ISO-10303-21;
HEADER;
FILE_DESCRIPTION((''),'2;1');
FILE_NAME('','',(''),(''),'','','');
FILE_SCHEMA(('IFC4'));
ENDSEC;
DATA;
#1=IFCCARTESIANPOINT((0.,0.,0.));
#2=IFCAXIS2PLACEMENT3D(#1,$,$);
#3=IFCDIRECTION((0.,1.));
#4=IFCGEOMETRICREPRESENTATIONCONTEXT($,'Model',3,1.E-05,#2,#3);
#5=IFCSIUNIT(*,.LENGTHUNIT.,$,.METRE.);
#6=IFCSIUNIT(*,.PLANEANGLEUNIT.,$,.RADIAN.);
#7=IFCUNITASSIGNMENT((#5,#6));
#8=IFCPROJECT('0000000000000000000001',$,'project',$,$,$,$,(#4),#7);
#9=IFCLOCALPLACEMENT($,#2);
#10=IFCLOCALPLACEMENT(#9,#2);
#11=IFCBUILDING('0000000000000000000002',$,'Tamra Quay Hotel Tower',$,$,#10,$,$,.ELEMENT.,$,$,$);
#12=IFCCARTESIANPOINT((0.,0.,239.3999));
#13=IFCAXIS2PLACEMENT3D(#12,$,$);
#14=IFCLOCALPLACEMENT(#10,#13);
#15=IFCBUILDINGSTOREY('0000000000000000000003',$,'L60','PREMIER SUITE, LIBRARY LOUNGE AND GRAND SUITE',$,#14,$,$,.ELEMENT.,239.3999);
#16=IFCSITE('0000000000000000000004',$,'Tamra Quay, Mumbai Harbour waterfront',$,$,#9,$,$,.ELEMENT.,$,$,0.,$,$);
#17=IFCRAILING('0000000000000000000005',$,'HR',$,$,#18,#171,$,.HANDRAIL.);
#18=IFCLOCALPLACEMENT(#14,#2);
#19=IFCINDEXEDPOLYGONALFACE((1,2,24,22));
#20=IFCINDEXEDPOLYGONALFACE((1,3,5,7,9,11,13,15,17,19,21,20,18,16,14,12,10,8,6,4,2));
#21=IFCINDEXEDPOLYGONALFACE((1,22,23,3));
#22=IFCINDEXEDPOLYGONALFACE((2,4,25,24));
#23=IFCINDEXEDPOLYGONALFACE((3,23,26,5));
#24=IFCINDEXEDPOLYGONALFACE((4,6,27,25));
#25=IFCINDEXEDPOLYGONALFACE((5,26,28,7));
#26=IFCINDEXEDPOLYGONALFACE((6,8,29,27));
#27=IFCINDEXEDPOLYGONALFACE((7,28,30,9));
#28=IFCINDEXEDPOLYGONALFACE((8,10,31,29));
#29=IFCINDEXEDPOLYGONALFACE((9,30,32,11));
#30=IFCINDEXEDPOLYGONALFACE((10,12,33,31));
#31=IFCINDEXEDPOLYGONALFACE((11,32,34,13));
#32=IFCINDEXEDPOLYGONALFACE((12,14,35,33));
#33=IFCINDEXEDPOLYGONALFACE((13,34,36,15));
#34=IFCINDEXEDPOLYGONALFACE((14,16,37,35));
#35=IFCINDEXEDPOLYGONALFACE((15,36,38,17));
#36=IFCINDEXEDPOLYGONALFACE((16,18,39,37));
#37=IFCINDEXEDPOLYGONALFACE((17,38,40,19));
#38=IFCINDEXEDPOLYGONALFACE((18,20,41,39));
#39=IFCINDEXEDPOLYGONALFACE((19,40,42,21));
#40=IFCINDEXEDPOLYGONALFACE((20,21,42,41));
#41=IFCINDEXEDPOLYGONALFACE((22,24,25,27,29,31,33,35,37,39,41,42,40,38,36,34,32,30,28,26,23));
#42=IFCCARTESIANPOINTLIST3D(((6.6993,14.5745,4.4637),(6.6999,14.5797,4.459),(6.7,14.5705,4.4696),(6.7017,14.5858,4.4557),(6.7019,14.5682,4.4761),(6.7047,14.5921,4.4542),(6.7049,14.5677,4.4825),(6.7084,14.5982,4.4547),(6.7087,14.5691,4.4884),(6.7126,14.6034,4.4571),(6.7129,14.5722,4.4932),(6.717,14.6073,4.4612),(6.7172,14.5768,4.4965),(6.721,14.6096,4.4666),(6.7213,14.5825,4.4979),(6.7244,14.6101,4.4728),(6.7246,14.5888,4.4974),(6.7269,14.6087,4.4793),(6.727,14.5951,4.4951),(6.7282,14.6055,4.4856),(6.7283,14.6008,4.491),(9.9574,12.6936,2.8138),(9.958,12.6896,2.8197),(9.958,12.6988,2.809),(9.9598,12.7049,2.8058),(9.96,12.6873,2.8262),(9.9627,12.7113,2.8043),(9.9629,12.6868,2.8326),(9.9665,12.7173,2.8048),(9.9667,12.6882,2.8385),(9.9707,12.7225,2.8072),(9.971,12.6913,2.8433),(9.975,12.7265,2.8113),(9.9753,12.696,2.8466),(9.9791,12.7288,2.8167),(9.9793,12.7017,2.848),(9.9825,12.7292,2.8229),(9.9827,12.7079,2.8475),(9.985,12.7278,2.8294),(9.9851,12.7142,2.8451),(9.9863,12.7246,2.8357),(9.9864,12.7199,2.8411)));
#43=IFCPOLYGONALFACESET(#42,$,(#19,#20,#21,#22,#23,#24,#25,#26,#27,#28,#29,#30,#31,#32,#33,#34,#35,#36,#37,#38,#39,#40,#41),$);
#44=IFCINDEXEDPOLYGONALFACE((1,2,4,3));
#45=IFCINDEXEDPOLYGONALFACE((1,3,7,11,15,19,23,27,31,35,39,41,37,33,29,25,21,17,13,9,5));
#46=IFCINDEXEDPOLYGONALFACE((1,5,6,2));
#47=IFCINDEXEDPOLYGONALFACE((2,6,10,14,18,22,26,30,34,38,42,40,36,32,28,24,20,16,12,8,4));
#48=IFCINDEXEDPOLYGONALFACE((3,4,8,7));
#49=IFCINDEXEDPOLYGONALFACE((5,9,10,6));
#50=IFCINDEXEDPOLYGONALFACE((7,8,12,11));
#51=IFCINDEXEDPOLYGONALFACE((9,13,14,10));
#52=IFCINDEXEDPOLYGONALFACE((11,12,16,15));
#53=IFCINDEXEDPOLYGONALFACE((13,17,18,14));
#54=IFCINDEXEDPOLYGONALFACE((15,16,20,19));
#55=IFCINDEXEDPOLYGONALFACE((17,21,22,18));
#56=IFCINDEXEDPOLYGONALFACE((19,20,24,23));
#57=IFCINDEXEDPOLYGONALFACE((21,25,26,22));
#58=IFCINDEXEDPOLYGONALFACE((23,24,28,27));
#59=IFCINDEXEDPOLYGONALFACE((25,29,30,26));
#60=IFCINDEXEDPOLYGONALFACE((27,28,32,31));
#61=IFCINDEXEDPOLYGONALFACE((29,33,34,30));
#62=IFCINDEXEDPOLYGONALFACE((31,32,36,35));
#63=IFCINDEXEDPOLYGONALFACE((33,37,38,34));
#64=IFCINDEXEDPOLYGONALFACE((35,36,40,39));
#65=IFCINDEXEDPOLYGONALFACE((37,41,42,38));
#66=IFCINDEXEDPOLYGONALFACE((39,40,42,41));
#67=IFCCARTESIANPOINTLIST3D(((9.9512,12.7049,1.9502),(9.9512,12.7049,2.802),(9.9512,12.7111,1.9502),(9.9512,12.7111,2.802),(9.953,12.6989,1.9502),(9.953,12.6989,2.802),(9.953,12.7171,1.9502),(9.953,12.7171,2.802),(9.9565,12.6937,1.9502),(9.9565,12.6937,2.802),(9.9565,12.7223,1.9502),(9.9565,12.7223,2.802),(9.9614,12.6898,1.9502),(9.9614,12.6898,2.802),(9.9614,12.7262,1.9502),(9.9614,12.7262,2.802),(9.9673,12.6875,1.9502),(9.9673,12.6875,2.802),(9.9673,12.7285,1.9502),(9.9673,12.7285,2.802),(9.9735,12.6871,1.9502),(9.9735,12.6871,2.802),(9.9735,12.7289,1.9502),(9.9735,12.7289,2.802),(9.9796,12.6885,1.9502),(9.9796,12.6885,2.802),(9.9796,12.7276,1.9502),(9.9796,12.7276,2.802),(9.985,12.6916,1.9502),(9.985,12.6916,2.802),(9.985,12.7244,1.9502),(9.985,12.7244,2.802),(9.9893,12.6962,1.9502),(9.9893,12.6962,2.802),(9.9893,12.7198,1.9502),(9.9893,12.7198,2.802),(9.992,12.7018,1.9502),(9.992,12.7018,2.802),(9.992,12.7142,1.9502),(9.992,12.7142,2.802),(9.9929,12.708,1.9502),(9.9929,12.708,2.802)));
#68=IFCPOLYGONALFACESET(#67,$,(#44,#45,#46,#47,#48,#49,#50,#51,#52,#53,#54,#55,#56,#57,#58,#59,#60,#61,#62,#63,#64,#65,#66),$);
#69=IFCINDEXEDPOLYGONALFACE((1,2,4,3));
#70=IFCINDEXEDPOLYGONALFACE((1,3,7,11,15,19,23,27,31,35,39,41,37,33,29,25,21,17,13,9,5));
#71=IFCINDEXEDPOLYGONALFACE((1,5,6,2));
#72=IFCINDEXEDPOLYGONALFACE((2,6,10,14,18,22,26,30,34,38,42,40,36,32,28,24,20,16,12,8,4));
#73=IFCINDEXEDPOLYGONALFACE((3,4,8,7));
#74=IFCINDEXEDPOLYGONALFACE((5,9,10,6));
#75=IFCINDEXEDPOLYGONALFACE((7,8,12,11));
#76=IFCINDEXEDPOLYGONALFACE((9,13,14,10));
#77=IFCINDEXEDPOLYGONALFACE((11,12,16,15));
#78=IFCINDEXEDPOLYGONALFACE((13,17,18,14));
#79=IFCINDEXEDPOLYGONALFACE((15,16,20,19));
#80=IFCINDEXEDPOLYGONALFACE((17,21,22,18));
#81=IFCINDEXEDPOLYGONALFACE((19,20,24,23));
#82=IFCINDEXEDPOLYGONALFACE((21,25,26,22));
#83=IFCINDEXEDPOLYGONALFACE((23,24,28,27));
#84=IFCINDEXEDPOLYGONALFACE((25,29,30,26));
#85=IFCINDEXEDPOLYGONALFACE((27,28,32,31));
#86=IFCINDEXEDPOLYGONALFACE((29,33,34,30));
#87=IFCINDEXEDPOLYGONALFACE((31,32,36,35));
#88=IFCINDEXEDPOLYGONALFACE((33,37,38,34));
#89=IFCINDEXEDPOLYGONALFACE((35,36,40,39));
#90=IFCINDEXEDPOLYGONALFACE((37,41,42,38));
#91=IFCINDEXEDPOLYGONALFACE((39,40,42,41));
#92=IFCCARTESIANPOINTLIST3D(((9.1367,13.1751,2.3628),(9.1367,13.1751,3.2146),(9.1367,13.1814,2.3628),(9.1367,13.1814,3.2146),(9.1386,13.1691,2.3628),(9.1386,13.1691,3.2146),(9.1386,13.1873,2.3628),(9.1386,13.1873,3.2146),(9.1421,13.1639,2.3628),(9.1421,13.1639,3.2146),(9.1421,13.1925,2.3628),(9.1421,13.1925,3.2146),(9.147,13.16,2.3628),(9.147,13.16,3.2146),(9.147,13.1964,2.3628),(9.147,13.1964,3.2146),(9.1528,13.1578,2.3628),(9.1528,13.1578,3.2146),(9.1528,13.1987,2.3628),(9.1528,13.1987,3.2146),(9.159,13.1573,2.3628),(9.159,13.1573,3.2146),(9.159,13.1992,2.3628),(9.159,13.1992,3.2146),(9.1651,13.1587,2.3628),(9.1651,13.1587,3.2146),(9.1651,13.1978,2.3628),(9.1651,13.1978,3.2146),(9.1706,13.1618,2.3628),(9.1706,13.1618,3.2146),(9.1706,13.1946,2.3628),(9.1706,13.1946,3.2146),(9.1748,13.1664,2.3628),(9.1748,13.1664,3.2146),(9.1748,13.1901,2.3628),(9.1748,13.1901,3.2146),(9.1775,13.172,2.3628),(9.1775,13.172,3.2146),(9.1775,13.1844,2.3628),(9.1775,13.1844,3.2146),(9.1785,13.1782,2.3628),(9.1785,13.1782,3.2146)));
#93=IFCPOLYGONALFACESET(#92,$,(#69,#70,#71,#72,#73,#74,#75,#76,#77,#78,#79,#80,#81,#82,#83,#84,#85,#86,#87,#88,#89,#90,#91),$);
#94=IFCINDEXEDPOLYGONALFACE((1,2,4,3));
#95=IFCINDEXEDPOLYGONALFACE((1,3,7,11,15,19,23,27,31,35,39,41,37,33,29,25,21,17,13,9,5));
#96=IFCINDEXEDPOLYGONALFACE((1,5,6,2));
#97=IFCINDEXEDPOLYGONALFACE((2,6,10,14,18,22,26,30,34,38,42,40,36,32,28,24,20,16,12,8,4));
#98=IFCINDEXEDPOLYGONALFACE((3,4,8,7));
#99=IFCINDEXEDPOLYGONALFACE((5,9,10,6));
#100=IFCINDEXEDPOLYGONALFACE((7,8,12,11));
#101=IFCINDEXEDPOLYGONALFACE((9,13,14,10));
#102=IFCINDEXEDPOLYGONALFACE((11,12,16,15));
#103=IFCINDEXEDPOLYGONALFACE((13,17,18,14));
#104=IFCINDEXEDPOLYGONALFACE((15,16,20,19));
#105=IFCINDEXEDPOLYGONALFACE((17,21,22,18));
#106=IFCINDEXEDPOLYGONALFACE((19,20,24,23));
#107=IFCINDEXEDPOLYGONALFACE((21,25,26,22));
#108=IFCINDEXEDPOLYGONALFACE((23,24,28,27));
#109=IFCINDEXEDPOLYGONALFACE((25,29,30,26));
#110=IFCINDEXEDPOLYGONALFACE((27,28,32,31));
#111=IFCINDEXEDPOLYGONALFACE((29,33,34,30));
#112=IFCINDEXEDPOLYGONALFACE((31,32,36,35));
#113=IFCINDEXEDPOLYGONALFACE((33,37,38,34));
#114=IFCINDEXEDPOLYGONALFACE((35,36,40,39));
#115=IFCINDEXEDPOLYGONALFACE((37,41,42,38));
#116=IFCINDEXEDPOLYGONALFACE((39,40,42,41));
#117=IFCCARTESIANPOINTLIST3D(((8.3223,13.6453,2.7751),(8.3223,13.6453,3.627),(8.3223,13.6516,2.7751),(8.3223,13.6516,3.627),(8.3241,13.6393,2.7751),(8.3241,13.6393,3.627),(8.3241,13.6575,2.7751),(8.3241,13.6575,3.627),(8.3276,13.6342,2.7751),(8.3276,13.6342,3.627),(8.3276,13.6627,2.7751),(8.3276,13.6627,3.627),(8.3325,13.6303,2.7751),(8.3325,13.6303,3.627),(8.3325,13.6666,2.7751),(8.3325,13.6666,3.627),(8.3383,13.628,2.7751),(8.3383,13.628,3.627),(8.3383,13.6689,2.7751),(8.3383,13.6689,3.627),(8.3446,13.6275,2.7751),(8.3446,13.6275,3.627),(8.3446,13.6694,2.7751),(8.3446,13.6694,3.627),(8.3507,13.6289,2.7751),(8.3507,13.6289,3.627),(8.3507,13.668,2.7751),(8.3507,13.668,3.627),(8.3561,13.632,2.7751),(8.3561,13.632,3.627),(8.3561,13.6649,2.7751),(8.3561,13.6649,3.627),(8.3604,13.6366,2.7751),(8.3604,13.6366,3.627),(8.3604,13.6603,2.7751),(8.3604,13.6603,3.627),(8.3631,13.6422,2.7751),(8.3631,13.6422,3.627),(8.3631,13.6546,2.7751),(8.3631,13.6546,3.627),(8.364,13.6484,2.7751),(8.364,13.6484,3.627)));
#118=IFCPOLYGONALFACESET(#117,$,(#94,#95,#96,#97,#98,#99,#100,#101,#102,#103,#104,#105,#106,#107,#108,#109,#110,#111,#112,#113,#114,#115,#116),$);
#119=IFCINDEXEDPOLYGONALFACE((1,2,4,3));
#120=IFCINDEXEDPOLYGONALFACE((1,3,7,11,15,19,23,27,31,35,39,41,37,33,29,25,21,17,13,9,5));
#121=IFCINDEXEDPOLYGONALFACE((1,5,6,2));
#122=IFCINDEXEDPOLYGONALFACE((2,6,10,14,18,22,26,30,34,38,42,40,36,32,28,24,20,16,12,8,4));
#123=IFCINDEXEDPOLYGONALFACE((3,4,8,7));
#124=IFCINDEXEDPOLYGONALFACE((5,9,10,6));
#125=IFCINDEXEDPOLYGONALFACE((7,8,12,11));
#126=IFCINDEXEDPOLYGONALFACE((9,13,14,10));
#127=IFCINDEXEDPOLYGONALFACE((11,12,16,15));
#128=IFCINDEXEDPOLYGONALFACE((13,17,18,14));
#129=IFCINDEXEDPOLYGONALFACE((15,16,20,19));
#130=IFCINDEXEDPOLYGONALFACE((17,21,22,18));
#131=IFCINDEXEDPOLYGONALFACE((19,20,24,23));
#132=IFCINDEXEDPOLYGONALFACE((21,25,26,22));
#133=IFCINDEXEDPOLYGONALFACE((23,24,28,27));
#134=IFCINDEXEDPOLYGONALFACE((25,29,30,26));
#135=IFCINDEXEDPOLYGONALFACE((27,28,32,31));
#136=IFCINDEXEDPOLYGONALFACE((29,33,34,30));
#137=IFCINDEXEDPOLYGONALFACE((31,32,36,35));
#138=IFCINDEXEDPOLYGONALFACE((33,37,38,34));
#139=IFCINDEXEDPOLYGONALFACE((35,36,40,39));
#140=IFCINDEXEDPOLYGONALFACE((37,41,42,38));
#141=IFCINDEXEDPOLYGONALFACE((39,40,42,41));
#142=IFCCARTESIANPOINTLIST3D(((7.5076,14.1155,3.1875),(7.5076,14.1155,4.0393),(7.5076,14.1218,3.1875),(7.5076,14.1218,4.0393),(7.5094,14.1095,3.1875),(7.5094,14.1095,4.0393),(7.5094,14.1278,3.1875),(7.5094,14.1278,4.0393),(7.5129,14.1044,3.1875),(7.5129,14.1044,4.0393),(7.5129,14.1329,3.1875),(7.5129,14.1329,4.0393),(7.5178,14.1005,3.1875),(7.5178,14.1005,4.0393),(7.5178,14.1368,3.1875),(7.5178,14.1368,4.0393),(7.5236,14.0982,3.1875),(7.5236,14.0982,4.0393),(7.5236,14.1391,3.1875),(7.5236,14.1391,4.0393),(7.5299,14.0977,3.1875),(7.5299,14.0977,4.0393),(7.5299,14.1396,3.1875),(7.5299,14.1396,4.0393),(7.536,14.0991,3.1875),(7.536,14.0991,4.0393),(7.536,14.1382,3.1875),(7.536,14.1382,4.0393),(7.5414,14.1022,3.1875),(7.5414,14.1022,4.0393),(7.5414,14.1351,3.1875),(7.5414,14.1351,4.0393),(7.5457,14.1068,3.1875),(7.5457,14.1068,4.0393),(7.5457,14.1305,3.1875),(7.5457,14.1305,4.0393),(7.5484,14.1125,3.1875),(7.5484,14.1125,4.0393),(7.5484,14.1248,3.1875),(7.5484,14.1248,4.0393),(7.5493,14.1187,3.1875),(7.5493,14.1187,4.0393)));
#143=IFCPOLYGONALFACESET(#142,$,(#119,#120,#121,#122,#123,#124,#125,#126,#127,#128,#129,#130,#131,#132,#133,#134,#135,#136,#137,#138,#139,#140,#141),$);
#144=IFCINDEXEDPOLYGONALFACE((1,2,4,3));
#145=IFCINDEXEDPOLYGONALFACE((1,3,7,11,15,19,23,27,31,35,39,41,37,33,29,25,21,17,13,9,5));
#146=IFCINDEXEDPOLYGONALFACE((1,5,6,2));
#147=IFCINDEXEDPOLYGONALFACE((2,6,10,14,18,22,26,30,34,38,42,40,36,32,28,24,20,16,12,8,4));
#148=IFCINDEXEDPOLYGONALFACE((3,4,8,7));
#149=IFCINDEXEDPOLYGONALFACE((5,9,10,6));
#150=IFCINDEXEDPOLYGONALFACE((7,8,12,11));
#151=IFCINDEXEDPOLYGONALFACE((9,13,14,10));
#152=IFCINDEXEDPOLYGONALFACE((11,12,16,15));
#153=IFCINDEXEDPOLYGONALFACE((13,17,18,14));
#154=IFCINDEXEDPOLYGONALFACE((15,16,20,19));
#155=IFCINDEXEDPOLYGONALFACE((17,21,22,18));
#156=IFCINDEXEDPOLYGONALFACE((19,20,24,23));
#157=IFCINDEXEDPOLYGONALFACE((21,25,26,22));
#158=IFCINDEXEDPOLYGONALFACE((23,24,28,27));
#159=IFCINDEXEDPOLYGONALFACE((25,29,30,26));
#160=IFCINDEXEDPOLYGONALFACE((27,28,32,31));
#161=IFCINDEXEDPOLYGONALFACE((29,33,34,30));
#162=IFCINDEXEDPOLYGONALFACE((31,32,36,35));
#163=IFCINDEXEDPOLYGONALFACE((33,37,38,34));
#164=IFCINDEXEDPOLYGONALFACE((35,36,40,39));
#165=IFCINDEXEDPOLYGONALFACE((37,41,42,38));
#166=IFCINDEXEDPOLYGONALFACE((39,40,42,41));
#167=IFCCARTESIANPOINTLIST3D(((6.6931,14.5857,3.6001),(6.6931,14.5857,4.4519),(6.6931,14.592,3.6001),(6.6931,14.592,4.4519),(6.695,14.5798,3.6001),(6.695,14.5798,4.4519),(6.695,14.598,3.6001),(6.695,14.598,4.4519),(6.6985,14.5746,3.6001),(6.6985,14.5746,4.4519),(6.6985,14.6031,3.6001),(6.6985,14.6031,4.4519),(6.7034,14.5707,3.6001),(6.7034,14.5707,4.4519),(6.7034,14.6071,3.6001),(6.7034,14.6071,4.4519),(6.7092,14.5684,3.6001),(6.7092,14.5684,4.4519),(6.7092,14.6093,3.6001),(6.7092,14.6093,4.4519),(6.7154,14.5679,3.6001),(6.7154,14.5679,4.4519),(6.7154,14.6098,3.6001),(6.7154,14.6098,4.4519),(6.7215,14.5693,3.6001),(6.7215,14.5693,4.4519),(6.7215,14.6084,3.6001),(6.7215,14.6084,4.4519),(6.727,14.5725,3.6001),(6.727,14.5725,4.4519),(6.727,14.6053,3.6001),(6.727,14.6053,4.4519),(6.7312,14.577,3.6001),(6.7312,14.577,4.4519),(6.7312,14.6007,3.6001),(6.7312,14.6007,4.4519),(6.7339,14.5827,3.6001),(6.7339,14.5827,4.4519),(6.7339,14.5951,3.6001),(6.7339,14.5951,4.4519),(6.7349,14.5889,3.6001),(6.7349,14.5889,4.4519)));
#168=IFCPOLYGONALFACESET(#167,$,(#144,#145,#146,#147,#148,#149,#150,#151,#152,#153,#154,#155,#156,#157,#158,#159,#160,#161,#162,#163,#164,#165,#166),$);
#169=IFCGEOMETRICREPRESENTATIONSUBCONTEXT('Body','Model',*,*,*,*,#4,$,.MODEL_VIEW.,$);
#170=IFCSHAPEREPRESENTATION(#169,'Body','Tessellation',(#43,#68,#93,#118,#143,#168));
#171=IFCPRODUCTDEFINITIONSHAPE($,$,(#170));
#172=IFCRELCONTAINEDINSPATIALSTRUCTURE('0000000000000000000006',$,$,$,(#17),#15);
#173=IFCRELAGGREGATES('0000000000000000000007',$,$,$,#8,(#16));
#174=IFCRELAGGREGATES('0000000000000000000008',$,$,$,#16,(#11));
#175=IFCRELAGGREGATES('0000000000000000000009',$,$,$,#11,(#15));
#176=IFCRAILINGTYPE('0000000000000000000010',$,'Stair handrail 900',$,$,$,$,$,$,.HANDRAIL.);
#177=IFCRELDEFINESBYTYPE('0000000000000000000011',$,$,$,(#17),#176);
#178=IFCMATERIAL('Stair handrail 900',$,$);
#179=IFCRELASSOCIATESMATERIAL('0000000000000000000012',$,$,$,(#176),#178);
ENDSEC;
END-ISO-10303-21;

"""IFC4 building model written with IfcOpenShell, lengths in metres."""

from ifc_helpers import new_model, si_unit, direction, frame, origin, origin_2d, place, context, subcontext, project, spatial, circle, extrude, material, type_object, element, save


model = new_model("IFC4")

# Units and contexts
model_context = context("Model", 3, precision=1e-05, world=origin(), true_north=direction((0.0, 1.0)))
body_context = subcontext(model_context, "Body", "Model", "MODEL_VIEW")
ifc_project = project(units=[si_unit("LENGTHUNIT", "METRE"), si_unit("PLANEANGLEUNIT", "RADIAN")], contexts=[model_context])

# Site, building, storey
site_placement = place(None, origin())
site = spatial("IfcSite", under=ifc_project, at=site_placement, Name="Tamra Quay, Mumbai Harbour waterfront", CompositionType="ELEMENT", RefElevation=0.0)
building_placement = place(site_placement, origin())
building = spatial("IfcBuilding", under=site, at=building_placement, Name="Tamra Quay Hotel Tower", CompositionType="ELEMENT")
storey_placement = place(building_placement, frame((0.0, 0.0, 239.3999)))
storey = spatial("IfcBuildingStorey", under=building, at=storey_placement, Name="L60", Description="PREMIER SUITE, LIBRARY LOUNGE AND GRAND SUITE", CompositionType="ELEMENT", Elevation=239.3999)

# Railing
ifc_material_1 = material(Name="Stair handrail 900")
railing_type_1 = type_object("IfcRailingType", Name="Stair handrail 900", PredefinedType="HANDRAIL", material=ifc_material_1)
railing_1_placement = place(storey_placement, frame((9.9719, 12.708, 1.9502)))
element("IfcRailing", 1, at=railing_1_placement, inside=storey, type_object=railing_type_1, Name="HR", PredefinedType="HANDRAIL", context=body_context, shape_type="SweptSolid", body=[
    extrude(circle(Radius=0.0239, at=origin_2d()), frame((0.0, 0.0, 0.876), z_axis=(-0.793122, 0.457865, 0.401642), x_axis=(-0.499964, -0.866046, 0.0)), (0.0, 0.0, 1.0), 4.1079),
    extrude(circle(Radius=0.021, at=origin_2d()), origin(), (0.0, 0.0, 1.0), 0.8518),
    extrude(circle(Radius=0.021, at=origin_2d()), frame((-0.8145, 0.4702, 0.4126)), (0.0, 0.0, 1.0), 0.8518),
    extrude(circle(Radius=0.021, at=origin_2d()), frame((-1.6289, 0.9404, 0.825)), (0.0, 0.0, 1.0), 0.8518),
    extrude(circle(Radius=0.021, at=origin_2d()), frame((-2.4436, 1.4106, 1.2373)), (0.0, 0.0, 1.0), 0.8518),
    extrude(circle(Radius=0.021, at=origin_2d()), frame((-3.2581, 1.8809, 1.6499)), (0.0, 0.0, 1.0), 0.8518),
])

save(model, "model.ifc")
